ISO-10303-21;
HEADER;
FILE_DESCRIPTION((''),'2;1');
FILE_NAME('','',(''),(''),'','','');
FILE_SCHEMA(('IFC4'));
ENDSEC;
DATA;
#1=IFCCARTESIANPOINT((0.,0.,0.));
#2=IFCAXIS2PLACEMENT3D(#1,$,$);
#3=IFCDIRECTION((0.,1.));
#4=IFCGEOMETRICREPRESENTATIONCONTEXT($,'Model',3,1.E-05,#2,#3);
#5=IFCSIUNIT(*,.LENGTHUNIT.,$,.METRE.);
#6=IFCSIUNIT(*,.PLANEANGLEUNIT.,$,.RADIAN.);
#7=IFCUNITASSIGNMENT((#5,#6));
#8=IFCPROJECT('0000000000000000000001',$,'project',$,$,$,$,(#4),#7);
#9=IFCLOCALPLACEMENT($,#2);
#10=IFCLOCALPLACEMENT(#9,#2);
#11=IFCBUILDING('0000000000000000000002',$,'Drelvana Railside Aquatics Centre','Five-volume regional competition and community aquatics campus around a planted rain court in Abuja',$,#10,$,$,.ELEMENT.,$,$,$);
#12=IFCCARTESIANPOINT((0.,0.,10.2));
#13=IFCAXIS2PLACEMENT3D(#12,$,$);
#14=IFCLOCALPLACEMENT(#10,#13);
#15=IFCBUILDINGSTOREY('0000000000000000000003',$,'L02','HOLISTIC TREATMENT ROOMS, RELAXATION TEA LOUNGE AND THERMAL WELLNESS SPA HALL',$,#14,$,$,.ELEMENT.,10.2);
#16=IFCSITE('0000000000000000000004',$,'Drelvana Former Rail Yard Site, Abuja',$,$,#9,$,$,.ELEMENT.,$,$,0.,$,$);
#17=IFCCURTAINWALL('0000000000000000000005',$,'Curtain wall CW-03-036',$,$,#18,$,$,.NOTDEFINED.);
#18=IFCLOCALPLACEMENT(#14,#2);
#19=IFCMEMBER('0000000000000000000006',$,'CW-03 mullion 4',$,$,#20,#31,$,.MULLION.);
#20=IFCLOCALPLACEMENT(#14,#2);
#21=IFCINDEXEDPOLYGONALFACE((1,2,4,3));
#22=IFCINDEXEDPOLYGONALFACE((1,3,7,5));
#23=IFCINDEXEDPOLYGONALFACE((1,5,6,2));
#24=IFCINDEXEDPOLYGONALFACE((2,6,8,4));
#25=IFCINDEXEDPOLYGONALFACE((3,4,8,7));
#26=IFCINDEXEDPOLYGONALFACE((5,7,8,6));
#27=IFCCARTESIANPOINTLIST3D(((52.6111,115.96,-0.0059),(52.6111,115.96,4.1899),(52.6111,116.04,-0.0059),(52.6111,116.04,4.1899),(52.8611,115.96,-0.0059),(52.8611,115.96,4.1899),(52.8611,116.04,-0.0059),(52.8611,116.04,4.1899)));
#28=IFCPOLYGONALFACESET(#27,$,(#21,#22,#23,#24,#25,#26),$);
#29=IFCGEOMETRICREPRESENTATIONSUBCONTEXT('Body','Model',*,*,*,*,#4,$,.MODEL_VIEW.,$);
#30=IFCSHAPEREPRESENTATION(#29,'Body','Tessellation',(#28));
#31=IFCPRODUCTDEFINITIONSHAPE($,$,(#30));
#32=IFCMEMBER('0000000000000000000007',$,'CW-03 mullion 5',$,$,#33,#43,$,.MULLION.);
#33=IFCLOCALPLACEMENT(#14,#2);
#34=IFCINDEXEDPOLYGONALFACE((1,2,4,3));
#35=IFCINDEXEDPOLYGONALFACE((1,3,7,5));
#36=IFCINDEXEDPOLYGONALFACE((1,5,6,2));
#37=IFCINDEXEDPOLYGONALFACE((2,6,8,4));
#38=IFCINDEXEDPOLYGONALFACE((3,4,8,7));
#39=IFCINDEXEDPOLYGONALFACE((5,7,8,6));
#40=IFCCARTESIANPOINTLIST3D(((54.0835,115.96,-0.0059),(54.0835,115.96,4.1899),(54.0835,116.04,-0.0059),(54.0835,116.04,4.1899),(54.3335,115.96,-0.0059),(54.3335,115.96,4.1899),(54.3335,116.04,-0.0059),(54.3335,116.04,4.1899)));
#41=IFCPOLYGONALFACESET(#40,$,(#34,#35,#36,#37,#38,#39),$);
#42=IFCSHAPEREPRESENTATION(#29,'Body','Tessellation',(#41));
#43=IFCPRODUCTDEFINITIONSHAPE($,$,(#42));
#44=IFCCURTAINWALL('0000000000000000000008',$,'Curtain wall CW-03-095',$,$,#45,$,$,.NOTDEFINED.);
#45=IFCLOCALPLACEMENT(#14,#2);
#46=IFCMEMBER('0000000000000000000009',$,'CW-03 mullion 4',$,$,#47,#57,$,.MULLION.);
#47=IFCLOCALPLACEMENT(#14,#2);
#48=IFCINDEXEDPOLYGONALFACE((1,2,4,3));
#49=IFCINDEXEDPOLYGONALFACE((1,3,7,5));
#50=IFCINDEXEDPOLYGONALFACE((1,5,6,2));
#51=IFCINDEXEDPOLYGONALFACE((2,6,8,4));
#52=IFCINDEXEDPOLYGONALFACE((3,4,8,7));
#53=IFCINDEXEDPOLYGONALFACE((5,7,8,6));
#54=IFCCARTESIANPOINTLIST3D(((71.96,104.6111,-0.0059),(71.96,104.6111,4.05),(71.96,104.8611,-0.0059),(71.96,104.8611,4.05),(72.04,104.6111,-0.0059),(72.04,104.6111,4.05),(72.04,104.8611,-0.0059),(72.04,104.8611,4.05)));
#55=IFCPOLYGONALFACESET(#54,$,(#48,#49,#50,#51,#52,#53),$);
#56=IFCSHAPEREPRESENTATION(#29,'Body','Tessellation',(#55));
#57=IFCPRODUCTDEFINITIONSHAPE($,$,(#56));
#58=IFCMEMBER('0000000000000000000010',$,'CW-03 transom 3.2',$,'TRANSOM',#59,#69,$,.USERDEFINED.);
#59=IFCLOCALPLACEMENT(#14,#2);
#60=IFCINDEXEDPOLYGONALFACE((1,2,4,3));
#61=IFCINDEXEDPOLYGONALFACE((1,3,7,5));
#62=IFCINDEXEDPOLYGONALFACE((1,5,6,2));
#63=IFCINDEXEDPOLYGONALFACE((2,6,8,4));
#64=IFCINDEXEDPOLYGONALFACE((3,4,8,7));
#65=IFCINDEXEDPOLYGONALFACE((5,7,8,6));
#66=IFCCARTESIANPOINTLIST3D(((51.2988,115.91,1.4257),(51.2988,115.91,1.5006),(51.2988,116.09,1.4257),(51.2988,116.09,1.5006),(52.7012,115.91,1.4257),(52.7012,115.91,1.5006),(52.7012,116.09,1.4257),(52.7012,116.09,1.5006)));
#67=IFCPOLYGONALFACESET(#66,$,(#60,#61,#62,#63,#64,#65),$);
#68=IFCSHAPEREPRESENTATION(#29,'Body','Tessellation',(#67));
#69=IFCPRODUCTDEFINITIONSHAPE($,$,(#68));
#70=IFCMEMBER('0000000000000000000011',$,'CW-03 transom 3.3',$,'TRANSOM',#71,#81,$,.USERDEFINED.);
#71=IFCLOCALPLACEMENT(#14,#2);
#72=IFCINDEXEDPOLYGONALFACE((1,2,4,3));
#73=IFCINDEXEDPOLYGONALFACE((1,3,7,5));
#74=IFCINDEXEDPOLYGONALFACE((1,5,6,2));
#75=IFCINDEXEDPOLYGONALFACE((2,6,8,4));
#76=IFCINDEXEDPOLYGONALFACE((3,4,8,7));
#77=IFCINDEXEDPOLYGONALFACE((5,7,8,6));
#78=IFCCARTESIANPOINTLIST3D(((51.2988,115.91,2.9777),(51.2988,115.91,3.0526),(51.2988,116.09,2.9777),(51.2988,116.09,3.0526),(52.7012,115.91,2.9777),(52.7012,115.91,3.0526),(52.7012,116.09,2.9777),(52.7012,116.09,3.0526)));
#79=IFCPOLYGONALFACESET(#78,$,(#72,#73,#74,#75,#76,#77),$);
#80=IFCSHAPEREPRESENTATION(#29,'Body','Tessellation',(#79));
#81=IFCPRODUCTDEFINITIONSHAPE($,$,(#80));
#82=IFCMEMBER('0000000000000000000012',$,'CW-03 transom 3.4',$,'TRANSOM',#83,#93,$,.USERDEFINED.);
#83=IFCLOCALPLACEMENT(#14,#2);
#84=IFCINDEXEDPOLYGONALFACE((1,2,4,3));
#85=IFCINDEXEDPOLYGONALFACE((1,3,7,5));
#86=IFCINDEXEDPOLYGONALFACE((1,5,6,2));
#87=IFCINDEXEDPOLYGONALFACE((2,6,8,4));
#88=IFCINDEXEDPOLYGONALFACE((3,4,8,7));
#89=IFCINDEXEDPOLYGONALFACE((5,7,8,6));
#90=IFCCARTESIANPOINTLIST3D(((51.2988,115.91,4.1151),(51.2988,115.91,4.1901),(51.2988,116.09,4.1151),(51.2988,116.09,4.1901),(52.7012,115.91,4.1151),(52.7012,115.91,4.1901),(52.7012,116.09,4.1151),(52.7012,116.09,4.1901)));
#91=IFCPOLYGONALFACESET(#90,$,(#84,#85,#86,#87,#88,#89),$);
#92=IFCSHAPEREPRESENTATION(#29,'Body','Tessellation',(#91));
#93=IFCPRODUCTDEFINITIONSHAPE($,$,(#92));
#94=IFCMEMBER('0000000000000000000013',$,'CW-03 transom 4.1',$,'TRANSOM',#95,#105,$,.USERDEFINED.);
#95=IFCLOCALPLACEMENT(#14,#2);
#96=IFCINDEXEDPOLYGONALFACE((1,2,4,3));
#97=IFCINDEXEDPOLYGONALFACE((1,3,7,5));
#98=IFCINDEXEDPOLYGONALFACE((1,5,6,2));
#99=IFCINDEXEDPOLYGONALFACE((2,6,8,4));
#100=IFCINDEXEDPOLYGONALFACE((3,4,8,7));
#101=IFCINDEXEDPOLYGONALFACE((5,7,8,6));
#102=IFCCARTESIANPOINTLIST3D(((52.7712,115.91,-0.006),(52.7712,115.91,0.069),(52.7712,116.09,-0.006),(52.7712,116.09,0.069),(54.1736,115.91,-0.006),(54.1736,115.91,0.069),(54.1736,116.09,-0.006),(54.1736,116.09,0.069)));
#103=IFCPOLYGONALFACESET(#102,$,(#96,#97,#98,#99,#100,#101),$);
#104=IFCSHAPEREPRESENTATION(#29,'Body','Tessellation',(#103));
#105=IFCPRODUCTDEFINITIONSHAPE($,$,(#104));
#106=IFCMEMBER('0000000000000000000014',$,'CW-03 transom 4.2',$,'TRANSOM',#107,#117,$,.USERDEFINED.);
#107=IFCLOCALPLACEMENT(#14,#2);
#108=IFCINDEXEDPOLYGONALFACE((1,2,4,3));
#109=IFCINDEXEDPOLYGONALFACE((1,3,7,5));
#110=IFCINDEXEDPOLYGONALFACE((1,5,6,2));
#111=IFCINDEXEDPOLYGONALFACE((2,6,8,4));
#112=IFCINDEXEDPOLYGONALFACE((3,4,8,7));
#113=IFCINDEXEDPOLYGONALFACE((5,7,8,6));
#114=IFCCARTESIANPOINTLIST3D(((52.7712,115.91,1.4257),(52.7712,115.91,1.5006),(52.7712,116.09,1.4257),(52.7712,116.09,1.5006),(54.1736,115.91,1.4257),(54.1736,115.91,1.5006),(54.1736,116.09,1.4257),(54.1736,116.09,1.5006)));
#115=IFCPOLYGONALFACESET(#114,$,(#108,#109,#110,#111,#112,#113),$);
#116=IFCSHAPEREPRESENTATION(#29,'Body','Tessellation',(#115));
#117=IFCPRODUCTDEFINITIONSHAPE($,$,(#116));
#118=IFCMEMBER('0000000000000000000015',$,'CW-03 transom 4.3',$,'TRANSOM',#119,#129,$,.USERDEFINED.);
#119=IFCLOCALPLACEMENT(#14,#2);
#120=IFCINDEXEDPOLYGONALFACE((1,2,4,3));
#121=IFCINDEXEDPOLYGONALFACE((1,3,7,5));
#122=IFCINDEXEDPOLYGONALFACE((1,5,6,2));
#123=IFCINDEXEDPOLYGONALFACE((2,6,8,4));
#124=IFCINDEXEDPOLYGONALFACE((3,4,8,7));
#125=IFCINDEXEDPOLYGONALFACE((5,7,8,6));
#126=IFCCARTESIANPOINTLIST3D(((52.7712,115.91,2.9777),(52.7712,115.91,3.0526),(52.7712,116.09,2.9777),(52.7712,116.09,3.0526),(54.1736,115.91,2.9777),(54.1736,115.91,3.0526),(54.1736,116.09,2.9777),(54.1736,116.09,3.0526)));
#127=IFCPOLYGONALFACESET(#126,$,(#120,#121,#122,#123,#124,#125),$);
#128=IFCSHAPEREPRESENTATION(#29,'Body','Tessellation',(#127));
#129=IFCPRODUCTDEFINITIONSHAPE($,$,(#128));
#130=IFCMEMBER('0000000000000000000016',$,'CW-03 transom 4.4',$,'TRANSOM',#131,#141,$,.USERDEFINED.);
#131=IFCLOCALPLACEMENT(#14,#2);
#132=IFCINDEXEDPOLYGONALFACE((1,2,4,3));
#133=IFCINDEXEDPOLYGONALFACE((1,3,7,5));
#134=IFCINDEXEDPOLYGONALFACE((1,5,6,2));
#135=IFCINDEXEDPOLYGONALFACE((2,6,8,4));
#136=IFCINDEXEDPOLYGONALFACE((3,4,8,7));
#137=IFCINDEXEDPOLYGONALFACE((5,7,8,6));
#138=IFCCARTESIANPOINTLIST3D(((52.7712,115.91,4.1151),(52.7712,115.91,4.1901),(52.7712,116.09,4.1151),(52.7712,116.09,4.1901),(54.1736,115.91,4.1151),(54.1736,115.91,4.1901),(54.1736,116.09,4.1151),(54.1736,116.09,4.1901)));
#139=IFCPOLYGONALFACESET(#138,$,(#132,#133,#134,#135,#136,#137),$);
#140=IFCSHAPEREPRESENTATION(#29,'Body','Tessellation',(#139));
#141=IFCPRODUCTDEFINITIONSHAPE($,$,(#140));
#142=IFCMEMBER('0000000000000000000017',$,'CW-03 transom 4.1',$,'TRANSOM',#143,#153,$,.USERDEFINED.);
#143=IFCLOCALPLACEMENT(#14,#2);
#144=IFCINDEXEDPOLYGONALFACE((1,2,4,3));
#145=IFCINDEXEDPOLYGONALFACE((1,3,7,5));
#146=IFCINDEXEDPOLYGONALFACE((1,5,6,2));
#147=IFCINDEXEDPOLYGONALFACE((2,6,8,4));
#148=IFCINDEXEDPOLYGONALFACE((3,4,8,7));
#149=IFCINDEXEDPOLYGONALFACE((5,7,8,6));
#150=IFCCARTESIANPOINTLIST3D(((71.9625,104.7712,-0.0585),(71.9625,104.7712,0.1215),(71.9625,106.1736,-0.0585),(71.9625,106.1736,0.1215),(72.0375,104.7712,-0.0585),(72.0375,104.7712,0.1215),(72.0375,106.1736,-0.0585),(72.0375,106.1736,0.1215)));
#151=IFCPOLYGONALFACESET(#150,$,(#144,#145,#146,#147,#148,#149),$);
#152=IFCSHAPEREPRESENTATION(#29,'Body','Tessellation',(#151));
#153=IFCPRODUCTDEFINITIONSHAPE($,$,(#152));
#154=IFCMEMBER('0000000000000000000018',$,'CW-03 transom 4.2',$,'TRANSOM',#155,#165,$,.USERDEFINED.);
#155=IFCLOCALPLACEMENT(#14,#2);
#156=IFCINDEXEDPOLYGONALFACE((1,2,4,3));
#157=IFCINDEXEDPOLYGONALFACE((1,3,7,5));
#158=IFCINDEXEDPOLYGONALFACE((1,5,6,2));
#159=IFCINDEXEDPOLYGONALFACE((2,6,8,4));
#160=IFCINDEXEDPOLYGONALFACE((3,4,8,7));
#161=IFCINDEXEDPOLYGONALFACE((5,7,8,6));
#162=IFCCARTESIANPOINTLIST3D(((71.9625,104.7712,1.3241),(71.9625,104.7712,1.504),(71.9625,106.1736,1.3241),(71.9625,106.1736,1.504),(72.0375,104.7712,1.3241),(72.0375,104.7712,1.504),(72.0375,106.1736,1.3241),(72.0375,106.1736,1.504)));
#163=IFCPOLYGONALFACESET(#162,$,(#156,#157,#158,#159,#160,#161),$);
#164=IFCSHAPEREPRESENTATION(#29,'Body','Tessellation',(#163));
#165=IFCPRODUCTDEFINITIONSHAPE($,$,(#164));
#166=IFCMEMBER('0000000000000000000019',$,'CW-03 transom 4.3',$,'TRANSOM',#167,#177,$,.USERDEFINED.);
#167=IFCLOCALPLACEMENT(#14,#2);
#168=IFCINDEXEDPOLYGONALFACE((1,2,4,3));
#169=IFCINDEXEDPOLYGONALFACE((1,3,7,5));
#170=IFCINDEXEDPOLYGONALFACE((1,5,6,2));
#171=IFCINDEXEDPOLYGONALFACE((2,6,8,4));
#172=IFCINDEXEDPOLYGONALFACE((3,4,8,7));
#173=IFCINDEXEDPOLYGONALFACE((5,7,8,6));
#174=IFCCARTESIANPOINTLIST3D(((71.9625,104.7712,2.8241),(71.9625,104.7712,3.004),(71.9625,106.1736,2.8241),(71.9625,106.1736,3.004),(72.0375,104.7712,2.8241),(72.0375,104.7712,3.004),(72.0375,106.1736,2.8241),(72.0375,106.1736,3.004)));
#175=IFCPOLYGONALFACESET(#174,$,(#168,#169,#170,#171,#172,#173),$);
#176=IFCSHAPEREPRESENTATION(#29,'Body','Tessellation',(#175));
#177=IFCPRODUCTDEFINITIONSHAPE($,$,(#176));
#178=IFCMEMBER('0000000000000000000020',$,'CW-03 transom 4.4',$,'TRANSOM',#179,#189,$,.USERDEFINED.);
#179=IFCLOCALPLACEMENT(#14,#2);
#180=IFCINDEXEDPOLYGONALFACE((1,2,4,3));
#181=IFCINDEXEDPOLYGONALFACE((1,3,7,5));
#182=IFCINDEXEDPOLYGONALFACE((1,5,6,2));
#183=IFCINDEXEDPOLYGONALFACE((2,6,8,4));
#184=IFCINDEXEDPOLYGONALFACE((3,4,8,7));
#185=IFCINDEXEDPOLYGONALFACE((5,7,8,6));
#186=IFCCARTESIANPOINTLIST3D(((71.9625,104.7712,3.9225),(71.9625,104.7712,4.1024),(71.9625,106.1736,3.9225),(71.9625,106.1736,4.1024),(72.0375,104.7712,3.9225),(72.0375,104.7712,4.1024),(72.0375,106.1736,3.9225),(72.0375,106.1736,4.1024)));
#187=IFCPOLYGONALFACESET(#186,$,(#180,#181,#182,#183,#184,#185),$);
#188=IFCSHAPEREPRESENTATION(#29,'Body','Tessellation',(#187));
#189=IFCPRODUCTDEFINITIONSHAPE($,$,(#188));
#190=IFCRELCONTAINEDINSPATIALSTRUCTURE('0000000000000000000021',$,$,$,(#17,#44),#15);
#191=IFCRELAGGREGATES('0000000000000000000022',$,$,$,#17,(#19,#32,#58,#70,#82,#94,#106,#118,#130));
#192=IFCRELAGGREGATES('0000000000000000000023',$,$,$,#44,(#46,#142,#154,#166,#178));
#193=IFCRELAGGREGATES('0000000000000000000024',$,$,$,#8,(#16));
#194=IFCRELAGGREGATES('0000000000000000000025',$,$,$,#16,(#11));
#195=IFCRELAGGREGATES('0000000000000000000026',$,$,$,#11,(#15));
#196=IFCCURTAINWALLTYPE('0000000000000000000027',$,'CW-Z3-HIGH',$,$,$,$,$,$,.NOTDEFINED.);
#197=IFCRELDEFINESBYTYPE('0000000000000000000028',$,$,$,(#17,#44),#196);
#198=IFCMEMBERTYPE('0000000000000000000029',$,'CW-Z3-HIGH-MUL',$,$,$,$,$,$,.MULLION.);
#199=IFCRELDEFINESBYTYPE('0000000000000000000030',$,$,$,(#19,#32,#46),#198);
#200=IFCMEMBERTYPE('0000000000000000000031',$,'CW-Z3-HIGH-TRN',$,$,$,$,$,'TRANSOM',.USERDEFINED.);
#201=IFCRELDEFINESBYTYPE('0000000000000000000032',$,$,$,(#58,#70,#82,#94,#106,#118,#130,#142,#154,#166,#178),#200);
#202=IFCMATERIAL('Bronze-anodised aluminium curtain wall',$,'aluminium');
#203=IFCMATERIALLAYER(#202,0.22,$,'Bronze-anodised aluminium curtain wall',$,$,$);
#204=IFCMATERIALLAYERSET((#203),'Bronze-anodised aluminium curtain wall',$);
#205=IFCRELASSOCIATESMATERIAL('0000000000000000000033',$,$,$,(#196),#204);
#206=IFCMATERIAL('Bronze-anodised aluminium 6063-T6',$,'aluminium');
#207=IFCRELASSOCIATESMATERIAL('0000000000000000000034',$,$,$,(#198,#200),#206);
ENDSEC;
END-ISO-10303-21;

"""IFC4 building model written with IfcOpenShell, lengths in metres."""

from ifc_helpers import new_model, si_unit, direction, frame, origin, origin_2d, place, context, subcontext, project, spatial, rectangle, extrude, material, layer, layer_set, material_profile, profile_set, type_object, element, aggregate, save


model = new_model("IFC4")

# Units and contexts
model_context = context("Model", 3, precision=1e-05, world=origin(), true_north=direction((0.0, 1.0)))
body_context = subcontext(model_context, "Body", "Model", "MODEL_VIEW")
ifc_project = project(units=[si_unit("LENGTHUNIT", "METRE"), si_unit("PLANEANGLEUNIT", "RADIAN")], contexts=[model_context])

# Site, building, storey
site_placement = place(None, origin())
site = spatial("IfcSite", under=ifc_project, at=site_placement, Name="Drelvana Former Rail Yard Site, Abuja", CompositionType="ELEMENT", RefElevation=0.0)
building_placement = place(site_placement, origin())
building = spatial("IfcBuilding", under=site, at=building_placement, Name="Drelvana Railside Aquatics Centre", Description="Five-volume regional competition and community aquatics campus around a planted rain court in Abuja", CompositionType="ELEMENT")
storey_placement = place(building_placement, frame((0.0, 0.0, 10.2)))
storey = spatial("IfcBuildingStorey", under=building, at=storey_placement, Name="L02", Description="HOLISTIC TREATMENT ROOMS, RELAXATION TEA LOUNGE AND THERMAL WELLNESS SPA HALL", CompositionType="ELEMENT", Elevation=10.2)

# Curtain wall, members
ifc_material_1 = material(Name="Bronze-anodised aluminium curtain wall", Category="aluminium")
ifc_layer_1 = layer(ifc_material_1, 0.22, Name="Bronze-anodised aluminium curtain wall")
ifc_layer_set_1 = layer_set([ifc_layer_1], Name="Bronze-anodised aluminium curtain wall")
curtain_wall_type = type_object("IfcCurtainWallType", Name="CW-Z3-HIGH", PredefinedType="NOTDEFINED", material=ifc_layer_set_1)
curtain_wall_1_placement = place(storey_placement, origin())
curtain_wall_1 = element("IfcCurtainWall", 1, at=curtain_wall_1_placement, inside=storey, type_object=curtain_wall_type, Name="Curtain wall CW-03-036", PredefinedType="NOTDEFINED")
ifc_material_2 = material(Name="Bronze-anodised aluminium 6063-T6", Category="aluminium")
ifc_material_profile_1 = material_profile(ifc_material_2, rectangle(XDim=0.0801, YDim=0.25, at=origin_2d()), Name="ALU-M 80x250")
ifc_profile_set_1 = profile_set([ifc_material_profile_1], Name="Bronze-anodised aluminium 6063-T6")
member_type_1 = type_object("IfcMemberType", Name="CW-Z3-HIGH-MUL", PredefinedType="MULLION", material=ifc_profile_set_1)
member_1_placement = place(storey_placement, frame((52.7361, 116.0, -0.0059), z_axis=(0.0, 0.0, 1.0), x_axis=(0.0, 1.0, 0.0)))
member_1 = element("IfcMember", 2, at=member_1_placement, type_object=member_type_1, Name="CW-03 mullion 4", PredefinedType="MULLION", context=body_context, shape_type="SweptSolid", body=[
    extrude(rectangle(XDim=0.0801, YDim=0.25, at=origin_2d()), origin(), (0.0, 0.0, 1.0), 4.1958),
])
member_2_placement = place(storey_placement, frame((54.2085, 116.0, -0.0059), z_axis=(0.0, 0.0, 1.0), x_axis=(0.0, 1.0, 0.0)))
member_2 = element("IfcMember", 3, at=member_2_placement, type_object=member_type_1, Name="CW-03 mullion 5", PredefinedType="MULLION", context=body_context, shape_type="SweptSolid", body=[
    extrude(rectangle(XDim=0.0801, YDim=0.25, at=origin_2d()), origin(), (0.0, 0.0, 1.0), 4.1958),
])

# Curtain wall, member
curtain_wall_2_placement = place(storey_placement, origin())
curtain_wall_2 = element("IfcCurtainWall", 4, at=curtain_wall_2_placement, inside=storey, type_object=curtain_wall_type, Name="Curtain wall CW-03-095", PredefinedType="NOTDEFINED")
member_3_placement = place(storey_placement, frame((72.0, 104.7361, -0.0059), z_axis=(0.0, 0.0, 1.0), x_axis=(-1.0, 0.0, 0.0)))
member_3 = element("IfcMember", 5, at=member_3_placement, type_object=member_type_1, Name="CW-03 mullion 4", PredefinedType="MULLION", context=body_context, shape_type="SweptSolid", body=[
    extrude(rectangle(XDim=0.0801, YDim=0.25, at=origin_2d()), origin(), (0.0, 0.0, 1.0), 4.0559),
])

# Members
ifc_material_profile_2 = material_profile(ifc_material_2, rectangle(XDim=0.1799, YDim=0.075, at=origin_2d()), Name="ALU-T 75x180")
ifc_profile_set_2 = profile_set([ifc_material_profile_2], Name="Bronze-anodised aluminium 6063-T6")
member_type_2 = type_object("IfcMemberType", Name="CW-Z3-HIGH-TRN", ElementType="TRANSOM", PredefinedType="USERDEFINED", material=ifc_profile_set_2)
member_4_placement = place(storey_placement, frame((51.2988, 116.0, 1.4631), z_axis=(1.0, 0.0, 0.0), x_axis=(0.0, 1.0, 0.0)))
member_4 = element("IfcMember", 6, at=member_4_placement, type_object=member_type_2, Name="CW-03 transom 3.2", ObjectType="TRANSOM", PredefinedType="USERDEFINED", context=body_context, shape_type="SweptSolid", body=[
    extrude(rectangle(XDim=0.1799, YDim=0.075, at=origin_2d()), origin(), (0.0, 0.0, 1.0), 1.4023),
])
member_5_placement = place(storey_placement, frame((51.2988, 116.0, 3.0151), z_axis=(1.0, 0.0, 0.0), x_axis=(0.0, 1.0, 0.0)))
member_5 = element("IfcMember", 7, at=member_5_placement, type_object=member_type_2, Name="CW-03 transom 3.3", ObjectType="TRANSOM", PredefinedType="USERDEFINED", context=body_context, shape_type="SweptSolid", body=[
    extrude(rectangle(XDim=0.1799, YDim=0.075, at=origin_2d()), origin(), (0.0, 0.0, 1.0), 1.4023),
])
member_6_placement = place(storey_placement, frame((51.2988, 116.0, 4.1526), z_axis=(1.0, 0.0, 0.0), x_axis=(0.0, 1.0, 0.0)))
member_6 = element("IfcMember", 8, at=member_6_placement, type_object=member_type_2, Name="CW-03 transom 3.4", ObjectType="TRANSOM", PredefinedType="USERDEFINED", context=body_context, shape_type="SweptSolid", body=[
    extrude(rectangle(XDim=0.1799, YDim=0.075, at=origin_2d()), origin(), (0.0, 0.0, 1.0), 1.4023),
])
member_7_placement = place(storey_placement, frame((52.7712, 116.0, 0.0315), z_axis=(1.0, 0.0, 0.0), x_axis=(0.0, 1.0, 0.0)))
member_7 = element("IfcMember", 9, at=member_7_placement, type_object=member_type_2, Name="CW-03 transom 4.1", ObjectType="TRANSOM", PredefinedType="USERDEFINED", context=body_context, shape_type="SweptSolid", body=[
    extrude(rectangle(XDim=0.1799, YDim=0.075, at=origin_2d()), origin(), (0.0, 0.0, 1.0), 1.4023),
])
member_8_placement = place(storey_placement, frame((52.7712, 116.0, 1.4631), z_axis=(1.0, 0.0, 0.0), x_axis=(0.0, 1.0, 0.0)))
member_8 = element("IfcMember", 10, at=member_8_placement, type_object=member_type_2, Name="CW-03 transom 4.2", ObjectType="TRANSOM", PredefinedType="USERDEFINED", context=body_context, shape_type="SweptSolid", body=[
    extrude(rectangle(XDim=0.1799, YDim=0.075, at=origin_2d()), origin(), (0.0, 0.0, 1.0), 1.4023),
])
member_9_placement = place(storey_placement, frame((52.7712, 116.0, 3.0151), z_axis=(1.0, 0.0, 0.0), x_axis=(0.0, 1.0, 0.0)))
member_9 = element("IfcMember", 11, at=member_9_placement, type_object=member_type_2, Name="CW-03 transom 4.3", ObjectType="TRANSOM", PredefinedType="USERDEFINED", context=body_context, shape_type="SweptSolid", body=[
    extrude(rectangle(XDim=0.1799, YDim=0.075, at=origin_2d()), origin(), (0.0, 0.0, 1.0), 1.4023),
])
member_10_placement = place(storey_placement, frame((52.7712, 116.0, 4.1526), z_axis=(1.0, 0.0, 0.0), x_axis=(0.0, 1.0, 0.0)))
member_10 = element("IfcMember", 12, at=member_10_placement, type_object=member_type_2, Name="CW-03 transom 4.4", ObjectType="TRANSOM", PredefinedType="USERDEFINED", context=body_context, shape_type="SweptSolid", body=[
    extrude(rectangle(XDim=0.1799, YDim=0.075, at=origin_2d()), origin(), (0.0, 0.0, 1.0), 1.4023),
])
member_11_placement = place(storey_placement, frame((72.0, 104.7712, 0.0315), z_axis=(0.0, 1.0, 0.0), x_axis=(0.0, 0.0, 1.0)))
member_11 = element("IfcMember", 13, at=member_11_placement, type_object=member_type_2, Name="CW-03 transom 4.1", ObjectType="TRANSOM", PredefinedType="USERDEFINED", context=body_context, shape_type="SweptSolid", body=[
    extrude(rectangle(XDim=0.1799, YDim=0.075, at=origin_2d()), origin(), (0.0, 0.0, 1.0), 1.4023),
])
member_12_placement = place(storey_placement, frame((72.0, 104.7712, 1.4141), z_axis=(0.0, 1.0, 0.0), x_axis=(0.0, 0.0, 1.0)))
member_12 = element("IfcMember", 14, at=member_12_placement, type_object=member_type_2, Name="CW-03 transom 4.2", ObjectType="TRANSOM", PredefinedType="USERDEFINED", context=body_context, shape_type="SweptSolid", body=[
    extrude(rectangle(XDim=0.1799, YDim=0.075, at=origin_2d()), origin(), (0.0, 0.0, 1.0), 1.4023),
])
member_13_placement = place(storey_placement, frame((72.0, 104.7712, 2.9141), z_axis=(0.0, 1.0, 0.0), x_axis=(0.0, 0.0, 1.0)))
member_13 = element("IfcMember", 15, at=member_13_placement, type_object=member_type_2, Name="CW-03 transom 4.3", ObjectType="TRANSOM", PredefinedType="USERDEFINED", context=body_context, shape_type="SweptSolid", body=[
    extrude(rectangle(XDim=0.1799, YDim=0.075, at=origin_2d()), origin(), (0.0, 0.0, 1.0), 1.4023),
])
member_14_placement = place(storey_placement, frame((72.0, 104.7712, 4.0125), z_axis=(0.0, 1.0, 0.0), x_axis=(0.0, 0.0, 1.0)))
member_14 = element("IfcMember", 16, at=member_14_placement, type_object=member_type_2, Name="CW-03 transom 4.4", ObjectType="TRANSOM", PredefinedType="USERDEFINED", context=body_context, shape_type="SweptSolid", body=[
    extrude(rectangle(XDim=0.1799, YDim=0.075, at=origin_2d()), origin(), (0.0, 0.0, 1.0), 1.4023),
])

aggregate(curtain_wall_1, [member_1, member_2, member_4, member_5, member_6, member_7, member_8, member_9, member_10])
aggregate(curtain_wall_2, [member_3, member_11, member_12, member_13, member_14])

save(model, "model.ifc")
